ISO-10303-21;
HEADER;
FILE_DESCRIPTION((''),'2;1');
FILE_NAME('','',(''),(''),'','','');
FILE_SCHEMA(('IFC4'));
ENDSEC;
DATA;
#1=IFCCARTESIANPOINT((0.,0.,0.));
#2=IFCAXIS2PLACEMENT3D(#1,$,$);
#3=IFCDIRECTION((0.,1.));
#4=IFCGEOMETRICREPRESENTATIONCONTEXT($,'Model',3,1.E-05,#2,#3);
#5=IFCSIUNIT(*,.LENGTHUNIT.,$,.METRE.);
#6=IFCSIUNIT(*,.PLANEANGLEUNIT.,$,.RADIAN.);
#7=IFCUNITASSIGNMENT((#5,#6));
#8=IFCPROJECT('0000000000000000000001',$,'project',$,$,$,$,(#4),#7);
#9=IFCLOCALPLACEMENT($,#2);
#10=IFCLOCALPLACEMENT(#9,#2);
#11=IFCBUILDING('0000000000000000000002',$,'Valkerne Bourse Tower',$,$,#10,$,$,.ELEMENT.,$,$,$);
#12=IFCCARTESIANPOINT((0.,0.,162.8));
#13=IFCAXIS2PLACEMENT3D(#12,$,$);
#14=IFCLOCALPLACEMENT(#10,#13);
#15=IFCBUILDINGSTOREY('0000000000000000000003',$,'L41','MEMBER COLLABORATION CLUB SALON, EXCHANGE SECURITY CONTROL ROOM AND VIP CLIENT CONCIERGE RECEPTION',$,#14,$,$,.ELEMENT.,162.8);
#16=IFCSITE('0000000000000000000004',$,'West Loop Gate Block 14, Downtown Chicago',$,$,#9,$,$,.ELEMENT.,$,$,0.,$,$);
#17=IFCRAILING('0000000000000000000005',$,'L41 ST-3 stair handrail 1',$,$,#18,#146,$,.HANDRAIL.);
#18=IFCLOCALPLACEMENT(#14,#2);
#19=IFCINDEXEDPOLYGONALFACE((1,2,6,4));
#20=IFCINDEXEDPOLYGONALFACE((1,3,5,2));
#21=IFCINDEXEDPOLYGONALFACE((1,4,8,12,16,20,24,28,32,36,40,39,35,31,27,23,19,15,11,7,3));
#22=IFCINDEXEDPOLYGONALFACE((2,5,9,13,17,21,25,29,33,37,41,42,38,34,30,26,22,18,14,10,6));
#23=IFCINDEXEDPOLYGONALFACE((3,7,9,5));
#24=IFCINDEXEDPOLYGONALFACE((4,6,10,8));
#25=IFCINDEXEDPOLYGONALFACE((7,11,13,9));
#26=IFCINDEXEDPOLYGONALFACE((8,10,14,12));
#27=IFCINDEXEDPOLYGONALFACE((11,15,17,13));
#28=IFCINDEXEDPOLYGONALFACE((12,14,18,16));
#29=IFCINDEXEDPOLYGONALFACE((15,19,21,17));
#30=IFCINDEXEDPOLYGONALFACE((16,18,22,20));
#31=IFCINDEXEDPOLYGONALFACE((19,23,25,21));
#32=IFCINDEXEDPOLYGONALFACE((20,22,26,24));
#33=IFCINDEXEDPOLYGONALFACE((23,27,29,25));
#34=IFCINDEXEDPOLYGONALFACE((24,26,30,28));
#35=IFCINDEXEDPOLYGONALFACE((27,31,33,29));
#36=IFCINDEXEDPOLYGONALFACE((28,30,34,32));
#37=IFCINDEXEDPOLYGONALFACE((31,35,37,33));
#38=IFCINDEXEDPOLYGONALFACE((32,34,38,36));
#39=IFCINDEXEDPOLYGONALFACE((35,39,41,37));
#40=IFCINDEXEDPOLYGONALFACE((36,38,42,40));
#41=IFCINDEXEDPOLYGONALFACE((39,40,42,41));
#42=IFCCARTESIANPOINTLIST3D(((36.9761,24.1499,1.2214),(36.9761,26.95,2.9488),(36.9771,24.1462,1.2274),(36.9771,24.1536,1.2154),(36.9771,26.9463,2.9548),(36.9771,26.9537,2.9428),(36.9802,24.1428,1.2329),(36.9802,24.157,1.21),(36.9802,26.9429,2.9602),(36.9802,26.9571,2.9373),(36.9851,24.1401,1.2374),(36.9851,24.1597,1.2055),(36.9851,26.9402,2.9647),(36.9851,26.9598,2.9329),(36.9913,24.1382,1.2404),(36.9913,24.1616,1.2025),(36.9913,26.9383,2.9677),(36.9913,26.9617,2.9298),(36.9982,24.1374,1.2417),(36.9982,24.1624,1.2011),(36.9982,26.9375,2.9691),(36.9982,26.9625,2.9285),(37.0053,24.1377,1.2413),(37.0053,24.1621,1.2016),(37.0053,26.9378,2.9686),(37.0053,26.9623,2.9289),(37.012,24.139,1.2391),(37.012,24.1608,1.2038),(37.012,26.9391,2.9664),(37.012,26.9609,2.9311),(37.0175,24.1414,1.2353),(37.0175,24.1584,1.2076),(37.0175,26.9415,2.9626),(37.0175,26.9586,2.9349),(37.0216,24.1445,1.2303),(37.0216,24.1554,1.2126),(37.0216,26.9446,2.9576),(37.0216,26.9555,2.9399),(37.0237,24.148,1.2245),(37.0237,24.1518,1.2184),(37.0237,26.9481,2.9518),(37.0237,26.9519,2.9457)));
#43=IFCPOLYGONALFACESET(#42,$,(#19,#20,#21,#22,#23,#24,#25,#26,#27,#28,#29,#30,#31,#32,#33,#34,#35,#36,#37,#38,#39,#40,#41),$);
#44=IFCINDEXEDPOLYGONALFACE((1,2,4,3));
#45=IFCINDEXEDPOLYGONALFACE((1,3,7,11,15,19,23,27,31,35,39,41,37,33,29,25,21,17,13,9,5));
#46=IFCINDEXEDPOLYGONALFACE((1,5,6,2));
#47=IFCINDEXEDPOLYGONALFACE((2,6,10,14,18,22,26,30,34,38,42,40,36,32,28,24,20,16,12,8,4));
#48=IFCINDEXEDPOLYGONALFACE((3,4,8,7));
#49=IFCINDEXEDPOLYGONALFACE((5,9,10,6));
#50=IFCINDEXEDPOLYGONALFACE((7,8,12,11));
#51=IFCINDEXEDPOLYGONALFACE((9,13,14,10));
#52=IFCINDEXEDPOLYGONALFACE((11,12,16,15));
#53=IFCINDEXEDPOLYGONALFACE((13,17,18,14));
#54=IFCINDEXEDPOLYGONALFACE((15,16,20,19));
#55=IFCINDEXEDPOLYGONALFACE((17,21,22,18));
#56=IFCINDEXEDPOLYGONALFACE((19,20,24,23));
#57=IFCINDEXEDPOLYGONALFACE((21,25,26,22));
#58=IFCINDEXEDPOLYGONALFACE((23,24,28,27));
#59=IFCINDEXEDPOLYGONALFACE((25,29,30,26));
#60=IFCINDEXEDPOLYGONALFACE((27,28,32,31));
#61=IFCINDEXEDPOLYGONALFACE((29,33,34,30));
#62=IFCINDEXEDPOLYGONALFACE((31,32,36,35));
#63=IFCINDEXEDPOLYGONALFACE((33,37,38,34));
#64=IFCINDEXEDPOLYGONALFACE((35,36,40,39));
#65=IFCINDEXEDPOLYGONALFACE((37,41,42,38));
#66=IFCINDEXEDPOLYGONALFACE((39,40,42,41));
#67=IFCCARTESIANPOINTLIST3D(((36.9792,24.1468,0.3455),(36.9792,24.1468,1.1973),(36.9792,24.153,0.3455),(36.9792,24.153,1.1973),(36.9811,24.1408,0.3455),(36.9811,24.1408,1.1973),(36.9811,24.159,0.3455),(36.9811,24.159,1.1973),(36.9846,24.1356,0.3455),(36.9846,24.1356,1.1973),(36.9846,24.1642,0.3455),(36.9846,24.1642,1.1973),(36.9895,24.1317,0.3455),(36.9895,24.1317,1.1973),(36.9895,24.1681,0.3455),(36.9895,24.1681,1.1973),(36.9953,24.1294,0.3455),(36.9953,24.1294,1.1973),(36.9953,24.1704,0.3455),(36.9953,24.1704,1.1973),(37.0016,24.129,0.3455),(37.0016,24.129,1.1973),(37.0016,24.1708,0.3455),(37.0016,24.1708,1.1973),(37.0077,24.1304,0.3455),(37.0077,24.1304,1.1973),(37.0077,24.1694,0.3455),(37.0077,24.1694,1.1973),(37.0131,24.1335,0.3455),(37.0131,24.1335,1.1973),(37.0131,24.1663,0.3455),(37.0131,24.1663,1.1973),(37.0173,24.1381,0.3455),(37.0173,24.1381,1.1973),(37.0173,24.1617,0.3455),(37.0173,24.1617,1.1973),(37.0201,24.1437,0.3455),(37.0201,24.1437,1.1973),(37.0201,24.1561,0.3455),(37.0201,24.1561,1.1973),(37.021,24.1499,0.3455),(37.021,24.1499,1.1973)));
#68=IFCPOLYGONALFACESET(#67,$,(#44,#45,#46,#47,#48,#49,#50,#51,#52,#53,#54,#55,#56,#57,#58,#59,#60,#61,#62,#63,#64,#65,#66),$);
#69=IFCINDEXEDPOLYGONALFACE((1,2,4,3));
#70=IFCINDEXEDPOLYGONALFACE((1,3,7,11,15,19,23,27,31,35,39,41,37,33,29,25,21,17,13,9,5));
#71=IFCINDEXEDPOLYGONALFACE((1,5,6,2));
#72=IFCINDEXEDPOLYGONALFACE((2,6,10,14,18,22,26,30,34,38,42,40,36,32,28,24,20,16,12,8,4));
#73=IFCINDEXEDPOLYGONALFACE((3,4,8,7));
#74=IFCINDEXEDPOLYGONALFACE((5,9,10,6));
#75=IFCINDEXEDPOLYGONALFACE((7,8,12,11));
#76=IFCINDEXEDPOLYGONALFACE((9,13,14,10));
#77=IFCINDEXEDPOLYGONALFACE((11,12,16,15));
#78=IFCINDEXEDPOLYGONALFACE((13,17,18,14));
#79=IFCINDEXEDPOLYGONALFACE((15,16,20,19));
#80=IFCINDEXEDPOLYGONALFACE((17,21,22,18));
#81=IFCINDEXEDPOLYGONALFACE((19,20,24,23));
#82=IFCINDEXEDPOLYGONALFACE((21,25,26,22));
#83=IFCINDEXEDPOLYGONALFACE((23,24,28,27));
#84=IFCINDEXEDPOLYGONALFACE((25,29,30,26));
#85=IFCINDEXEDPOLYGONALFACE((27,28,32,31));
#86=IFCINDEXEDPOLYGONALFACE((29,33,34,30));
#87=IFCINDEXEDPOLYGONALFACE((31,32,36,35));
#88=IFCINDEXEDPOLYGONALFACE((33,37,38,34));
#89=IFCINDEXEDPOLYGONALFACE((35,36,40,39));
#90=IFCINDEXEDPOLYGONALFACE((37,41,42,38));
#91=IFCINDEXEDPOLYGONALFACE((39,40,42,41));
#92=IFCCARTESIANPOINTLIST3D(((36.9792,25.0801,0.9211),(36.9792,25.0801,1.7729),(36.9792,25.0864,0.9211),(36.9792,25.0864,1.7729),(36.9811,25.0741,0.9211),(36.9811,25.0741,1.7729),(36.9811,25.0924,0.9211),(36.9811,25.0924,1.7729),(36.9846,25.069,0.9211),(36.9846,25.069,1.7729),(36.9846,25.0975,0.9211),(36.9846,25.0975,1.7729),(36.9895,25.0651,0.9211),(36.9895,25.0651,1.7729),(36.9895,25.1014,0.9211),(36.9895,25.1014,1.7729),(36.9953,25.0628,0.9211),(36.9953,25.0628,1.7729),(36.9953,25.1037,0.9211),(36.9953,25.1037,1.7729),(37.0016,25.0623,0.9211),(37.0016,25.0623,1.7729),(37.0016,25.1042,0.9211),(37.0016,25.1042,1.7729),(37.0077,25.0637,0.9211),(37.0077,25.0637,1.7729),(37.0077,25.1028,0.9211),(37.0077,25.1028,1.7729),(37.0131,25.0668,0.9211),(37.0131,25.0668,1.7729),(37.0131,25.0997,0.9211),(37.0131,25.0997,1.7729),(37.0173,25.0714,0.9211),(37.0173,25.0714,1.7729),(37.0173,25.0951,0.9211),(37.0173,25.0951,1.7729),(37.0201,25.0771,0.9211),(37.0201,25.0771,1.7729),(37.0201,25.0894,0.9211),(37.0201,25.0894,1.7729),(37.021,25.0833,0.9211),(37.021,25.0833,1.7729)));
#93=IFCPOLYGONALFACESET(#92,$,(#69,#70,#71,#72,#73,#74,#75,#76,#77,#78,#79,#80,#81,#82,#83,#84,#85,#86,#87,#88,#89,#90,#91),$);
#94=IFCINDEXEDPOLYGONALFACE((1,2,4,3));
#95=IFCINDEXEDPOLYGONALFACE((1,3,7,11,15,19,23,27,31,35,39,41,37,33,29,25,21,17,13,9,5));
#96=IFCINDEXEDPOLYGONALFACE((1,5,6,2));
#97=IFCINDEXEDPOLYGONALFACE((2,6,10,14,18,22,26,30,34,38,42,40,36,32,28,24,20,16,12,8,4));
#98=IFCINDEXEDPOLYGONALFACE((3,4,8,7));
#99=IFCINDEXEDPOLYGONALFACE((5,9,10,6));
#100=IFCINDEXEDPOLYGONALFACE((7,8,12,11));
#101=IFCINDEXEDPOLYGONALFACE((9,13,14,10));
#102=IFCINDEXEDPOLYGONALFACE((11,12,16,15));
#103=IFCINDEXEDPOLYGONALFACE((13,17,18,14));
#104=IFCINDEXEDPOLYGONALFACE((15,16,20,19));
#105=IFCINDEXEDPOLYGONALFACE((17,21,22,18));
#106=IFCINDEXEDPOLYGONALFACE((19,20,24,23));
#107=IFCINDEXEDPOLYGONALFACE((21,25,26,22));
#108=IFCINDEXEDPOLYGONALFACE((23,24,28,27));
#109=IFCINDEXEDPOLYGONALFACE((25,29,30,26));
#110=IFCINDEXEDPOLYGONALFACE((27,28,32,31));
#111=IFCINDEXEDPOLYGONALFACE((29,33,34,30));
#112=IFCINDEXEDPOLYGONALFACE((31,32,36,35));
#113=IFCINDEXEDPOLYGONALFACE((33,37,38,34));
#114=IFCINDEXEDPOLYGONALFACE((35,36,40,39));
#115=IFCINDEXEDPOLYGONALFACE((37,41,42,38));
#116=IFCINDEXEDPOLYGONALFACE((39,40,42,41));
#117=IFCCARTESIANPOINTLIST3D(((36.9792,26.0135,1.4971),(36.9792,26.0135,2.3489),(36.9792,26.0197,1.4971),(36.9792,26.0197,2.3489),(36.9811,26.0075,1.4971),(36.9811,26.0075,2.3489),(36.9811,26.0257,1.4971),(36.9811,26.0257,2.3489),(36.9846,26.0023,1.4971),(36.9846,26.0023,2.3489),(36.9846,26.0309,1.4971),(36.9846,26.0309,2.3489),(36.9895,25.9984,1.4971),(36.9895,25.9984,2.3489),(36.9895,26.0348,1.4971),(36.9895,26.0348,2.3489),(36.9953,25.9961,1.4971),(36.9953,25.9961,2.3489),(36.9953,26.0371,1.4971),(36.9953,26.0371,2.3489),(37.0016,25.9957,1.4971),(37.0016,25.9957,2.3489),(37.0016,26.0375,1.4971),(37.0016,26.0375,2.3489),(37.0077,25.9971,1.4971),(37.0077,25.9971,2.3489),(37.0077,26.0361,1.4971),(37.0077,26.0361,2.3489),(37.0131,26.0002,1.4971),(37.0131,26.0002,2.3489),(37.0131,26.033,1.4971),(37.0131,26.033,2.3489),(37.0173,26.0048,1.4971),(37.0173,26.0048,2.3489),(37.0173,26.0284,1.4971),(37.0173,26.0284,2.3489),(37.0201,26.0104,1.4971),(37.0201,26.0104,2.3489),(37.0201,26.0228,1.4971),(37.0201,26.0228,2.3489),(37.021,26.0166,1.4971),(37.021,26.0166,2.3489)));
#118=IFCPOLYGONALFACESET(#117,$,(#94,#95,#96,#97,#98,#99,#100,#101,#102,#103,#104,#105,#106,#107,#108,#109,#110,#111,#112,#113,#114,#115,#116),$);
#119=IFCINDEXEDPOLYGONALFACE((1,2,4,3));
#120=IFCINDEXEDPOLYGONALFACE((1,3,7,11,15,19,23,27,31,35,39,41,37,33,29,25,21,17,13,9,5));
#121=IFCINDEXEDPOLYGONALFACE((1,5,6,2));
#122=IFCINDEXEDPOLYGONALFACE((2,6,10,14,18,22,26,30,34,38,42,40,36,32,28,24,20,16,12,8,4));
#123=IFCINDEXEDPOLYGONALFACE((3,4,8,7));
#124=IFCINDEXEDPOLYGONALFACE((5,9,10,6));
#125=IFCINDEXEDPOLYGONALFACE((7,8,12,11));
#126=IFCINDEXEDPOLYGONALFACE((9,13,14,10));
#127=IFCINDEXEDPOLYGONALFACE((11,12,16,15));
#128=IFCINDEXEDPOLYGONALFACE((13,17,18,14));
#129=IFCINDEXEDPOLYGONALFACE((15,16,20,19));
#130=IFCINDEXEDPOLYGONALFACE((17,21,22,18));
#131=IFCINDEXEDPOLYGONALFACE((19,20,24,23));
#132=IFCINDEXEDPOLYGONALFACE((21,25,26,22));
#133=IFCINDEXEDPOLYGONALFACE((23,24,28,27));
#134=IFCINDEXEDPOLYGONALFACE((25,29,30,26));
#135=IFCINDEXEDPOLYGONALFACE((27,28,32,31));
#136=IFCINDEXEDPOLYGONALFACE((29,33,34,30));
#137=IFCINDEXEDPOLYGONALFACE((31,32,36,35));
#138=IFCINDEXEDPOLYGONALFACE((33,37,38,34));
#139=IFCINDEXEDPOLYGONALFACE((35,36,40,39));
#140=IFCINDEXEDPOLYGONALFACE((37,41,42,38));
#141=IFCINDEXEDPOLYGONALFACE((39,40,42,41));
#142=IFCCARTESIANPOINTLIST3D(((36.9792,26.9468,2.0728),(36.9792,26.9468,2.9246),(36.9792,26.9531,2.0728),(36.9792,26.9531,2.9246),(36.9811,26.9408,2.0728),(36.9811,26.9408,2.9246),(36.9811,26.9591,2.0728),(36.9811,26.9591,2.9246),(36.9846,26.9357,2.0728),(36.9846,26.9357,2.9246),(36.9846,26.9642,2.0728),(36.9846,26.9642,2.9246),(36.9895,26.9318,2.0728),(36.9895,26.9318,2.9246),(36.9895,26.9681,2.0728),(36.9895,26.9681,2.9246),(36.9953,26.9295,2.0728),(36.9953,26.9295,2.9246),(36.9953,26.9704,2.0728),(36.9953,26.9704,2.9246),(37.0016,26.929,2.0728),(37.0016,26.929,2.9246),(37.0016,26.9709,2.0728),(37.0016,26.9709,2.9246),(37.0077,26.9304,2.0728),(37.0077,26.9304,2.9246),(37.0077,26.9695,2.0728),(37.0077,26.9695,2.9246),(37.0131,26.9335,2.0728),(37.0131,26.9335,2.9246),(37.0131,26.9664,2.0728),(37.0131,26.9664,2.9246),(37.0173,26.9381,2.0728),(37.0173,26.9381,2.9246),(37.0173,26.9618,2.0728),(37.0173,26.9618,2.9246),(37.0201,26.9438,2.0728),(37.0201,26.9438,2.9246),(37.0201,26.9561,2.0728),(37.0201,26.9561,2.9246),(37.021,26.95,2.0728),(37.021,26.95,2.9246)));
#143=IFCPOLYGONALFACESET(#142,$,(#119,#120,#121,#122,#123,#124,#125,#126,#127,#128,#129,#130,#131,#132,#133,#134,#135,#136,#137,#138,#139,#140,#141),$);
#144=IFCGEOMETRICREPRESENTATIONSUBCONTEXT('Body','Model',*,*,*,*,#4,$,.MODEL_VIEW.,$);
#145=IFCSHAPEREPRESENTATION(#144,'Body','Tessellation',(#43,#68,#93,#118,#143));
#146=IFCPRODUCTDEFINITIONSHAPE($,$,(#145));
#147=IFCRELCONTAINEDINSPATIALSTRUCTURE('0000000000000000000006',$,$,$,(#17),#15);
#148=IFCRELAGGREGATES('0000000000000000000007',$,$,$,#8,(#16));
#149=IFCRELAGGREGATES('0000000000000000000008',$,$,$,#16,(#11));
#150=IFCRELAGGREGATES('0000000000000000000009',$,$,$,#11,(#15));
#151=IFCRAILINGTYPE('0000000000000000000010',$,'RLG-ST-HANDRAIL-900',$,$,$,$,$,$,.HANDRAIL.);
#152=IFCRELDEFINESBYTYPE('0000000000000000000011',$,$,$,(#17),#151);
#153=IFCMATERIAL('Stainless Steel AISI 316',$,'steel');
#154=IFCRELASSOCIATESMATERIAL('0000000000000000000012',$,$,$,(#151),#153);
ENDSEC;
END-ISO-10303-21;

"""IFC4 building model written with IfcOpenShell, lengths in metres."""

from ifc_helpers import new_model, si_unit, direction, frame, origin, origin_2d, place, context, subcontext, project, spatial, circle, extrude, material, type_object, element, save


model = new_model("IFC4")

# Units and contexts
model_context = context("Model", 3, precision=1e-05, world=origin(), true_north=direction((0.0, 1.0)))
body_context = subcontext(model_context, "Body", "Model", "MODEL_VIEW")
ifc_project = project(units=[si_unit("LENGTHUNIT", "METRE"), si_unit("PLANEANGLEUNIT", "RADIAN")], contexts=[model_context])

# Site, building, storey
site_placement = place(None, origin())
site = spatial("IfcSite", under=ifc_project, at=site_placement, Name="West Loop Gate Block 14, Downtown Chicago", CompositionType="ELEMENT", RefElevation=0.0)
building_placement = place(site_placement, origin())
building = spatial("IfcBuilding", under=site, at=building_placement, Name="Valkerne Bourse Tower", CompositionType="ELEMENT")
storey_placement = place(building_placement, frame((0.0, 0.0, 162.8)))
storey = spatial("IfcBuildingStorey", under=building, at=storey_placement, Name="L41", Description="MEMBER COLLABORATION CLUB SALON, EXCHANGE SECURITY CONTROL ROOM AND VIP CLIENT CONCIERGE RECEPTION", CompositionType="ELEMENT", Elevation=162.8)

# Railing
ifc_material_1 = material(Name="Stainless Steel AISI 316", Category="steel")
railing_type_1 = type_object("IfcRailingType", Name="RLG-ST-HANDRAIL-900", PredefinedType="HANDRAIL", material=ifc_material_1)
railing_1_placement = place(storey_placement, frame((37.0, 24.1499, 0.3455)))
element("IfcRailing", 1, at=railing_1_placement, inside=storey, type_object=railing_type_1, Name="L41 ST-3 stair handrail 1", PredefinedType="HANDRAIL", context=body_context, shape_type="SweptSolid", body=[
    extrude(circle(Radius=0.0239, at=origin_2d()), frame((0.0, 0.0, 0.876), z_axis=(0.0, 0.85109, 0.52502), x_axis=(-1.0, 0.0, 0.0)), (0.0, 0.0, 1.0), 3.29),
    extrude(circle(Radius=0.021, at=origin_2d()), origin(), (0.0, 0.0, 1.0), 0.8518),
    extrude(circle(Radius=0.021, at=origin_2d()), frame((0.0, 0.9333, 0.5757)), (0.0, 0.0, 1.0), 0.8518),
    extrude(circle(Radius=0.021, at=origin_2d()), frame((0.0, 1.8667, 1.1516)), (0.0, 0.0, 1.0), 0.8518),
    extrude(circle(Radius=0.021, at=origin_2d()), frame((0.0, 2.8, 1.7273)), (0.0, 0.0, 1.0), 0.8518),
])

save(model, "model.ifc")
